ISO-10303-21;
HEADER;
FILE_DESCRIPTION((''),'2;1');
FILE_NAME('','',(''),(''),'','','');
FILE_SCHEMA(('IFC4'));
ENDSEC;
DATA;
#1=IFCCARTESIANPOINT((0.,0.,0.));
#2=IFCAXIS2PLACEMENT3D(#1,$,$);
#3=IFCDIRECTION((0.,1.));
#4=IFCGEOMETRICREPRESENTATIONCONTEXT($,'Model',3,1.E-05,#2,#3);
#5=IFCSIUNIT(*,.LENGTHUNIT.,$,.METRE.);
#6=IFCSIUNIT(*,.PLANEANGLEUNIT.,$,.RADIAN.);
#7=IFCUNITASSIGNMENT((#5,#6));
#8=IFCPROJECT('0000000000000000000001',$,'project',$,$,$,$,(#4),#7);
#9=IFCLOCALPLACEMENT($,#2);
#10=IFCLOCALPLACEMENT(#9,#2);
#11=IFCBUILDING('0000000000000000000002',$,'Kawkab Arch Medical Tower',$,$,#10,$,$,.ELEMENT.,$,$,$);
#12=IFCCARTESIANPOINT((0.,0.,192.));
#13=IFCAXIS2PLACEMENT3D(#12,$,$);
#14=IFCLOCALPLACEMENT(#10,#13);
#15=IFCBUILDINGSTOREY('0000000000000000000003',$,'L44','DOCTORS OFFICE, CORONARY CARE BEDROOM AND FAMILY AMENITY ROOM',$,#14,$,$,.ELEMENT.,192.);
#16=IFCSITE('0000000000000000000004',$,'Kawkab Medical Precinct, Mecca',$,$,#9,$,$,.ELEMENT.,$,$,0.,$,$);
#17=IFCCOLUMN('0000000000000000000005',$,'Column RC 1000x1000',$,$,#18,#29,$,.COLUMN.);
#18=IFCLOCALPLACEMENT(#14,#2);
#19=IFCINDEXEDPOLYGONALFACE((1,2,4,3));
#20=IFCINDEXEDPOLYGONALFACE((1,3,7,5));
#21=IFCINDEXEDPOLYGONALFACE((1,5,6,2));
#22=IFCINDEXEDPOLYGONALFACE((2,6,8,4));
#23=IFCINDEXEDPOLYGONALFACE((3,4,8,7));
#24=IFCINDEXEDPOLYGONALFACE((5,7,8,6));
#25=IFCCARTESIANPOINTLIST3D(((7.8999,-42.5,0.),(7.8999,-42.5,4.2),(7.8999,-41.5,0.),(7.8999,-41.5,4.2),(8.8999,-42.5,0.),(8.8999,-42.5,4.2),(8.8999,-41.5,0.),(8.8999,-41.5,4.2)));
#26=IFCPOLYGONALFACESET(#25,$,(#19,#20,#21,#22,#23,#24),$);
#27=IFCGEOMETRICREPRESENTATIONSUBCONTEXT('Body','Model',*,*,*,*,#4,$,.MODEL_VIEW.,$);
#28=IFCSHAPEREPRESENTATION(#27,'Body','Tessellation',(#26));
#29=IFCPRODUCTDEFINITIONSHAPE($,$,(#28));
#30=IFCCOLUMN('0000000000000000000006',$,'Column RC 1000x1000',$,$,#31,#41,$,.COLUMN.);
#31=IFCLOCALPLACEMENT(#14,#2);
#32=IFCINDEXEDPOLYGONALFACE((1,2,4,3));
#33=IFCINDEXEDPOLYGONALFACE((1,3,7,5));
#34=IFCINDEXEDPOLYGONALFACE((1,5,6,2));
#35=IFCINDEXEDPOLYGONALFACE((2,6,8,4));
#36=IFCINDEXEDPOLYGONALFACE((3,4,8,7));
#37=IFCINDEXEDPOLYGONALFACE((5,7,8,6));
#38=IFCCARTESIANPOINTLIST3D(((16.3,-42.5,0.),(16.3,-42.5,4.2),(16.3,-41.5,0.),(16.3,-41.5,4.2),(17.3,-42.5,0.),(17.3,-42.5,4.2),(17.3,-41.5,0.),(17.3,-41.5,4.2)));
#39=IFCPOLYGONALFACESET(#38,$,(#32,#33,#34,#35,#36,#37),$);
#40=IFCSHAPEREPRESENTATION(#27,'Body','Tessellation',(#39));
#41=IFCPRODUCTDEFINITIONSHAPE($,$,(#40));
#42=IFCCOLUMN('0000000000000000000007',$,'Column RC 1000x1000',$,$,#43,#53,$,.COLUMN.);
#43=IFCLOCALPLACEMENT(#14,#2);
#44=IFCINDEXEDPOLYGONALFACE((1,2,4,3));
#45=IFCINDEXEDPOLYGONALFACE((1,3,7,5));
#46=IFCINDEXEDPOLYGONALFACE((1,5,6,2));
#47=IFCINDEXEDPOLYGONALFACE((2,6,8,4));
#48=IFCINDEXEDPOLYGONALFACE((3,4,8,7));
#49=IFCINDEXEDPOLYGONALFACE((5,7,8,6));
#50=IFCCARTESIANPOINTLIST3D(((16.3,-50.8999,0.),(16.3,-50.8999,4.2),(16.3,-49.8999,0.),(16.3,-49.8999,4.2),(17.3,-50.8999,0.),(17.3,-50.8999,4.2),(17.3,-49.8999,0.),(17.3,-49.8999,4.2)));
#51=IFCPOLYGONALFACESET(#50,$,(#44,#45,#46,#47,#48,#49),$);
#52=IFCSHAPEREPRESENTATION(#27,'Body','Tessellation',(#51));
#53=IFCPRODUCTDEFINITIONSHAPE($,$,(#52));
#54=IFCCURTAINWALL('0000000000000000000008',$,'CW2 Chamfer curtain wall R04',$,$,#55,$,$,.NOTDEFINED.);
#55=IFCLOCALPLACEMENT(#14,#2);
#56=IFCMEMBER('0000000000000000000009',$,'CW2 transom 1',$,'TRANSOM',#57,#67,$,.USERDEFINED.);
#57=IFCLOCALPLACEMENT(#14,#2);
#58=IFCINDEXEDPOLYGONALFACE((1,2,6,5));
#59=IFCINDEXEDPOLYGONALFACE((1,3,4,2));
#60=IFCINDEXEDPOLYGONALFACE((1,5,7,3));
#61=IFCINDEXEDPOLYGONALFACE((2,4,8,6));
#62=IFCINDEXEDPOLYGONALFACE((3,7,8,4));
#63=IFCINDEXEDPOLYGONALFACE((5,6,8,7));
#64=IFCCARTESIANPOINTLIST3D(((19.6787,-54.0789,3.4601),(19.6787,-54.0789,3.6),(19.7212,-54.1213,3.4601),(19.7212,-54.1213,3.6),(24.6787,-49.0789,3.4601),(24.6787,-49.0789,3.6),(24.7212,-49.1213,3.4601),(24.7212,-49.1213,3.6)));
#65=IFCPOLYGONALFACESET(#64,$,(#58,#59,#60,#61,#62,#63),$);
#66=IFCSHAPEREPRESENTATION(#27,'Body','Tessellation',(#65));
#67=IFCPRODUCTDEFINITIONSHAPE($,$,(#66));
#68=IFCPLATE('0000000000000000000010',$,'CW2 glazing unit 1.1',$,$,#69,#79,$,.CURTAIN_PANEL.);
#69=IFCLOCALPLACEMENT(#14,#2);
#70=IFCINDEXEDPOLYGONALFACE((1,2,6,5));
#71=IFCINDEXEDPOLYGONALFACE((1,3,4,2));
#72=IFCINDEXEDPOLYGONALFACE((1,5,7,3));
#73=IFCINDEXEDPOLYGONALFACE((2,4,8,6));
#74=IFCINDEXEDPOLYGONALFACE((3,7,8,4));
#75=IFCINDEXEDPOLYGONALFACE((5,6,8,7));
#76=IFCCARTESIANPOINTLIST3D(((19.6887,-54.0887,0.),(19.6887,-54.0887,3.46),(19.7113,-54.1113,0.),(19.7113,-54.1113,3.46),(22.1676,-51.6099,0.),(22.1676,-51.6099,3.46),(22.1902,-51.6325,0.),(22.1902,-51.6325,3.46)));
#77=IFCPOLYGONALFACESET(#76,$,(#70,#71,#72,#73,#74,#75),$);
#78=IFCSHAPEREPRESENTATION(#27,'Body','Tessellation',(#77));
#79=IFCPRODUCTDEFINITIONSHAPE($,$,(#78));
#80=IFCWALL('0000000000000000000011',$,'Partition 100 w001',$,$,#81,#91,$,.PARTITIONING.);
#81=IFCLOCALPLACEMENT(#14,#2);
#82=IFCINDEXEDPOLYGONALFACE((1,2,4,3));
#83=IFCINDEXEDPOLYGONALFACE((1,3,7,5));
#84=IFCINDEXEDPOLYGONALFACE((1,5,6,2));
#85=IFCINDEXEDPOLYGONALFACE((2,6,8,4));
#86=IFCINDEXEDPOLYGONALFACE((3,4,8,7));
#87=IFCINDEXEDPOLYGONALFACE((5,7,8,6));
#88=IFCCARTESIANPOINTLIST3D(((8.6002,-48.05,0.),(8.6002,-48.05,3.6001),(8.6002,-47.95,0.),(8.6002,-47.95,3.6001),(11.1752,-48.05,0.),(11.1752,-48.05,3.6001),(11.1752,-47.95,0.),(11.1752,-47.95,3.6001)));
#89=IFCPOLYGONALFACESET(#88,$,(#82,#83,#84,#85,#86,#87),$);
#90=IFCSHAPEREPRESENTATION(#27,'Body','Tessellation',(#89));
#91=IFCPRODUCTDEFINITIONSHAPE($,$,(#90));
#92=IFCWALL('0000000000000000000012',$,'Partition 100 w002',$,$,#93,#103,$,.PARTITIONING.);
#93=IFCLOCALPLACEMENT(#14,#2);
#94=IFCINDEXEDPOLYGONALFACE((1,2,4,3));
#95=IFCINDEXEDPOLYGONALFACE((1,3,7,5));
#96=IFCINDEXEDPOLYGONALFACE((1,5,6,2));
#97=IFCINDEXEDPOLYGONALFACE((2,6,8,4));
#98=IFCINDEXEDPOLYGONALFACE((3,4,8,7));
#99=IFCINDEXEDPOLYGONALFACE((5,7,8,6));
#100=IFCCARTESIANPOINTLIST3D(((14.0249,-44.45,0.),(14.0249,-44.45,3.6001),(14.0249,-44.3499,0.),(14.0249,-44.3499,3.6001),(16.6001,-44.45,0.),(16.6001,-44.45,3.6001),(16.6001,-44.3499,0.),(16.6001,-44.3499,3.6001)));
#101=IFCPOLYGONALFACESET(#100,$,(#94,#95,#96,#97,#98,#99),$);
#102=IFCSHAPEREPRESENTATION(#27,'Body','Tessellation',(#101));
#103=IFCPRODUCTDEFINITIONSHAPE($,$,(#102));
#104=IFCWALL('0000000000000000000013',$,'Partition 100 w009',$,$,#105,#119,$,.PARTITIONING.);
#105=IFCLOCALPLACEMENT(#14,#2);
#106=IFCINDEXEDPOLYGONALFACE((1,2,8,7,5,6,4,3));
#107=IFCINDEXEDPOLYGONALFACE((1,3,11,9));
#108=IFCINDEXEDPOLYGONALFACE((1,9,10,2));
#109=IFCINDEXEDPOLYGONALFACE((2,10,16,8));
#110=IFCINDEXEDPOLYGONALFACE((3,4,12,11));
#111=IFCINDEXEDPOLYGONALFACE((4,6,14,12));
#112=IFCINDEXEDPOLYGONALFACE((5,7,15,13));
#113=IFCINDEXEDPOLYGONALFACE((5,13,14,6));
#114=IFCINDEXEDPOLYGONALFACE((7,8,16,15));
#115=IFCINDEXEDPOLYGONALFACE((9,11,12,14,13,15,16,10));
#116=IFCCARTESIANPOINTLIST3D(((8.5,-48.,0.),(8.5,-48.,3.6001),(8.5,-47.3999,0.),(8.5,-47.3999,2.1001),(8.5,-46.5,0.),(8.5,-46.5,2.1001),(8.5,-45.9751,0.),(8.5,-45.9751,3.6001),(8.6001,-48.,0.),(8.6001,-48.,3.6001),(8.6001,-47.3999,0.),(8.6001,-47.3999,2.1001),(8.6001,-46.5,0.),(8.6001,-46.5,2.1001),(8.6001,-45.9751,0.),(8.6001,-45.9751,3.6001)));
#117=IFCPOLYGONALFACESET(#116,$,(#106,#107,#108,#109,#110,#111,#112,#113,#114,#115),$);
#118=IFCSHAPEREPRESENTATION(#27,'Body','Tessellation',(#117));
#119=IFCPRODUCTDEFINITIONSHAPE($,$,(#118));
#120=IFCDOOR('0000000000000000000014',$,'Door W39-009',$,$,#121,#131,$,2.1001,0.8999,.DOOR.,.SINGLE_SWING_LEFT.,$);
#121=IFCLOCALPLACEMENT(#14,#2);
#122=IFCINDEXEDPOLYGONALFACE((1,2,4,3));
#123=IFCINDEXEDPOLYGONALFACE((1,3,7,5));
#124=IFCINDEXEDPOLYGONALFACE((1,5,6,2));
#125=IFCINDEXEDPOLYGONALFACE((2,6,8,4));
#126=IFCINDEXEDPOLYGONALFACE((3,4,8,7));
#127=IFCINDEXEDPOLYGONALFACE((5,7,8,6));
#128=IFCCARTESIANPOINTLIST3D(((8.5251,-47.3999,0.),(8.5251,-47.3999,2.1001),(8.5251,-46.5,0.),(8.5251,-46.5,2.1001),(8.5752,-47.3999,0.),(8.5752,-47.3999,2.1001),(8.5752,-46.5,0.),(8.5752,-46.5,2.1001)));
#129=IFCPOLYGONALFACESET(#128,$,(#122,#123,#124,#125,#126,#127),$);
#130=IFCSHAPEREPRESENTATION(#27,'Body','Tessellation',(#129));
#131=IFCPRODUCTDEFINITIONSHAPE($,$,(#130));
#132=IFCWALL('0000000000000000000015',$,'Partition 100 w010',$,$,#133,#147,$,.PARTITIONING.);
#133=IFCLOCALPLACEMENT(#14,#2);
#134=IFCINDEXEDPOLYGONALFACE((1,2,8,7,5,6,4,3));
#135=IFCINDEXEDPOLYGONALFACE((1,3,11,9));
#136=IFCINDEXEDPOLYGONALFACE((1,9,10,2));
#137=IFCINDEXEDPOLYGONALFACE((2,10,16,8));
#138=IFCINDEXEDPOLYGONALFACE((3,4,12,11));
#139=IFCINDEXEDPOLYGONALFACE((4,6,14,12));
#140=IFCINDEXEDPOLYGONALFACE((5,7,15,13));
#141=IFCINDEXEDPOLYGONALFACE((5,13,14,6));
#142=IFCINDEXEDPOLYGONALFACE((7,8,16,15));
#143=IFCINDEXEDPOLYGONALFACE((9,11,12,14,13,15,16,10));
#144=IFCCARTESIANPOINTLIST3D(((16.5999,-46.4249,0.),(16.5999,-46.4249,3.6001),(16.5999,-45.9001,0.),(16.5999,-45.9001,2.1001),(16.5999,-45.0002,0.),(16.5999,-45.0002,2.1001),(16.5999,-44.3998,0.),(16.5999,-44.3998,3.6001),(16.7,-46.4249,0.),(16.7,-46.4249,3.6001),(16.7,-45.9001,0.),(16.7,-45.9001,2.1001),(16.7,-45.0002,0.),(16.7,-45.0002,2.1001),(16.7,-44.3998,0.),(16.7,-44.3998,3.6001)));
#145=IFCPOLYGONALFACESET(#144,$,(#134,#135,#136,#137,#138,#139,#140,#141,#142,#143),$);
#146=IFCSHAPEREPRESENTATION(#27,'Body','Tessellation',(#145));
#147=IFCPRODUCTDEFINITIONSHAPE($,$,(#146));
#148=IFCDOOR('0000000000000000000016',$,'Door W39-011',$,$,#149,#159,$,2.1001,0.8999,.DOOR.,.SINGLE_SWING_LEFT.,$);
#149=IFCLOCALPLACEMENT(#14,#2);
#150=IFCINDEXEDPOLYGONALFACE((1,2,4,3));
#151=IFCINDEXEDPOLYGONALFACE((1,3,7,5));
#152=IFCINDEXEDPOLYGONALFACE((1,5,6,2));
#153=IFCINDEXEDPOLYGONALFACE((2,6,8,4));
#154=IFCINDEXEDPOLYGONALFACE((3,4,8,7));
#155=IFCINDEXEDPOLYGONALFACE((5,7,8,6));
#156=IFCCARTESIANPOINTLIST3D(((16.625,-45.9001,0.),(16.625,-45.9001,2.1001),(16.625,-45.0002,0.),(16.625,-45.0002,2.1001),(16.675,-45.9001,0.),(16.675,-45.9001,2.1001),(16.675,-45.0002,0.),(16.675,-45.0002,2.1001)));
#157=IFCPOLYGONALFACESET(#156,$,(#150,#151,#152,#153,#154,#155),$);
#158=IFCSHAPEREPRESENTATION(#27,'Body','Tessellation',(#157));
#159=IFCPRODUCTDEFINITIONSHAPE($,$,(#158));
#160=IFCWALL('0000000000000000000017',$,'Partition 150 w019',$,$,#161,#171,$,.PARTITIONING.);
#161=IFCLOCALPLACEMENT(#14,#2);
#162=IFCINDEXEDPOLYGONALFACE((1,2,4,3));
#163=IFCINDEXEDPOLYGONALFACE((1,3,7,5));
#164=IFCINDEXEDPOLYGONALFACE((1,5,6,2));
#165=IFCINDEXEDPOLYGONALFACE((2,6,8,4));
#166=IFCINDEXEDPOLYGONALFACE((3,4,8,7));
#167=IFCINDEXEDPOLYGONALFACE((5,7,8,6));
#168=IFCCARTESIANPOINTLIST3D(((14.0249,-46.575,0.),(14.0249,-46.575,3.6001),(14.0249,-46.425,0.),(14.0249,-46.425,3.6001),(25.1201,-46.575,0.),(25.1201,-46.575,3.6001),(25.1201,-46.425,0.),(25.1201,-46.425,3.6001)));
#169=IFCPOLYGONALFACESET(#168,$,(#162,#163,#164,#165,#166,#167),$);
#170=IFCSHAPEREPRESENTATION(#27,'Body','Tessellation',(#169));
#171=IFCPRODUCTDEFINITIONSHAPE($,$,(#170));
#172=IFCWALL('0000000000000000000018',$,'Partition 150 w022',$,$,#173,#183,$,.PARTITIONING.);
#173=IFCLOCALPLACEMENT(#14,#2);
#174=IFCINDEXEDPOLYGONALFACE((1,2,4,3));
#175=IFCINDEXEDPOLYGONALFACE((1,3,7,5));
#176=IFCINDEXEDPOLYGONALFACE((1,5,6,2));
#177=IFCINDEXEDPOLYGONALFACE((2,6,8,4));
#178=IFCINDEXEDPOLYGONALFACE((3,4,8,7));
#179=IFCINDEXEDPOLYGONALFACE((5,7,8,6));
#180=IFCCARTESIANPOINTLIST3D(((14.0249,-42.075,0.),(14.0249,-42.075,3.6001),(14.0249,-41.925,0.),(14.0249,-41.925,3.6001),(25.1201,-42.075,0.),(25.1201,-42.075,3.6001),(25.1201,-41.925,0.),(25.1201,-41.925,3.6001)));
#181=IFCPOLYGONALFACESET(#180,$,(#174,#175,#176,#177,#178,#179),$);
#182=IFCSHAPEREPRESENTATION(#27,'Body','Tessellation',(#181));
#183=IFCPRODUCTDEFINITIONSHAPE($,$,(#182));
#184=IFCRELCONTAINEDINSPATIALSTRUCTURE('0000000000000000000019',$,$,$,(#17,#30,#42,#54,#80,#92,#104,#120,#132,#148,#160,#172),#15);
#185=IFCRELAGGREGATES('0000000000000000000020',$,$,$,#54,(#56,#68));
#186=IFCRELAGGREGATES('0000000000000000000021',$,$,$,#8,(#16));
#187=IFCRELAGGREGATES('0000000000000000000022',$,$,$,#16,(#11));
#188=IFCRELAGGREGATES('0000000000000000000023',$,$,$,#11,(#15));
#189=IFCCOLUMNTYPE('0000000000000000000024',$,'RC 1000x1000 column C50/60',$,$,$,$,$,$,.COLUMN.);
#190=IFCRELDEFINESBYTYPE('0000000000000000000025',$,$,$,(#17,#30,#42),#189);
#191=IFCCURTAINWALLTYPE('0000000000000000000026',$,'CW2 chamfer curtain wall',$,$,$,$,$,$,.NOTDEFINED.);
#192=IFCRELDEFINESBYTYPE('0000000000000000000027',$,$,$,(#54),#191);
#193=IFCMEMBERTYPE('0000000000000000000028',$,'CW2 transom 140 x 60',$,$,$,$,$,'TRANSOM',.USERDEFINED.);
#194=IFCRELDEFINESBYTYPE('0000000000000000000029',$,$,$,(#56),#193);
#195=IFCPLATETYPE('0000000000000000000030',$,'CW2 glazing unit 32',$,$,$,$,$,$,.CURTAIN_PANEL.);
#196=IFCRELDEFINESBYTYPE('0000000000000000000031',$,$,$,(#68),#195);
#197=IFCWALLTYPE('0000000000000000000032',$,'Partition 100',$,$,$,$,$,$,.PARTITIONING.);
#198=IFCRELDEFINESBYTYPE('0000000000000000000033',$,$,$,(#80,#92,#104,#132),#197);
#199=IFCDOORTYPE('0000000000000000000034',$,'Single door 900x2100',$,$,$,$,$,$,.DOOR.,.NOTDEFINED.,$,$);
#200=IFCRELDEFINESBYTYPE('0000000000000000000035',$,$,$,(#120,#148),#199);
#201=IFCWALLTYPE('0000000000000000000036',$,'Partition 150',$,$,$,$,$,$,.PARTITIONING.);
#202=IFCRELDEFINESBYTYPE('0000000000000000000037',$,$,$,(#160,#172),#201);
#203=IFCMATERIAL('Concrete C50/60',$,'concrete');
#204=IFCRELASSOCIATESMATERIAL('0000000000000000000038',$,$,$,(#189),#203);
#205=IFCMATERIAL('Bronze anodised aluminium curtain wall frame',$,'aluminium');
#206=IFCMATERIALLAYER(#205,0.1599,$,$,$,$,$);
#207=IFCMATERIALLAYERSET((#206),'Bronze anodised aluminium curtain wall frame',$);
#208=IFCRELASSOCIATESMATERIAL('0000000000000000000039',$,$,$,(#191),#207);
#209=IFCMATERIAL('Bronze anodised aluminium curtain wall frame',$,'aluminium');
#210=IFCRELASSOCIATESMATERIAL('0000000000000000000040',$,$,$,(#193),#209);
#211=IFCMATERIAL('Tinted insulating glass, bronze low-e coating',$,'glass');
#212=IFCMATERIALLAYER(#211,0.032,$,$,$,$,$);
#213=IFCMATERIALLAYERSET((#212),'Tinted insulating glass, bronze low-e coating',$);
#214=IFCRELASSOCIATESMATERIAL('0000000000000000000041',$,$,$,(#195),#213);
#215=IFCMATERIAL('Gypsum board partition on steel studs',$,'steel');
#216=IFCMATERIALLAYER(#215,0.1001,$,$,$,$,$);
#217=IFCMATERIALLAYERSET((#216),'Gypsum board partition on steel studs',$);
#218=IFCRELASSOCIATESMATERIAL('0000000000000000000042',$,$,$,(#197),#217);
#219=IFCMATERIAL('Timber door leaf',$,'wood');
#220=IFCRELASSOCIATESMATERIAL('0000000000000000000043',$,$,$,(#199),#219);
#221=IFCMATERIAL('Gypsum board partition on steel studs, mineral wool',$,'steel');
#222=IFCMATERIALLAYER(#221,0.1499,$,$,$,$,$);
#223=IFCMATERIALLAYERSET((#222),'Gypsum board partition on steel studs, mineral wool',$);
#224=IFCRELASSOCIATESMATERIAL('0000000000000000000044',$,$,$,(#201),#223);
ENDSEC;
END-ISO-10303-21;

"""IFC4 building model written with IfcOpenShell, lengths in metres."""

from ifc_helpers import new_model, si_unit, direction, frame, frame_2d, origin, origin_2d, place, context, subcontext, project, spatial, rectangle, extrude, material, layer, layer_set, material_profile, profile_set, type_object, element, fill, aggregate, save


model = new_model("IFC4")

# Units and contexts
model_context = context("Model", 3, precision=1e-05, world=origin(), true_north=direction((0.0, 1.0)))
body_context = subcontext(model_context, "Body", "Model", "MODEL_VIEW")
ifc_project = project(units=[si_unit("LENGTHUNIT", "METRE"), si_unit("PLANEANGLEUNIT", "RADIAN")], contexts=[model_context])

# Site, building, storey
site_placement = place(None, origin())
site = spatial("IfcSite", under=ifc_project, at=site_placement, Name="Kawkab Medical Precinct, Mecca", CompositionType="ELEMENT", RefElevation=0.0)
building_placement = place(site_placement, origin())
building = spatial("IfcBuilding", under=site, at=building_placement, Name="Kawkab Arch Medical Tower", CompositionType="ELEMENT")
storey_placement = place(building_placement, frame((0.0, 0.0, 192.0)))
storey = spatial("IfcBuildingStorey", under=building, at=storey_placement, Name="L44", Description="DOCTORS OFFICE, CORONARY CARE BEDROOM AND FAMILY AMENITY ROOM", CompositionType="ELEMENT", Elevation=192.0)

# Columns
ifc_material_1 = material(Name="Concrete C50/60", Category="concrete")
ifc_material_profile_1 = material_profile(ifc_material_1, rectangle(XDim=1.0, YDim=1.0, at=origin_2d()), Name="RC 1000x1000")
ifc_profile_set_1 = profile_set([ifc_material_profile_1], Name="Concrete C50/60")
column_type = type_object("IfcColumnType", Name="RC 1000x1000 column C50/60", PredefinedType="COLUMN", material=ifc_profile_set_1)
for number, where, z_axis, x_axis, name in (
    (1, (8.3999, -42.0, 0.0), (0.0, 0.0, 1.0), (1.0, 0.0, 0.0), "Column RC 1000x1000"),
    (2, (16.8, -42.0, 0.0), (0.0, 0.0, 1.0), (1.0, 0.0, 0.0), "Column RC 1000x1000"),
    (3, (16.8, -50.3999, 0.0), (0.0, 0.0, 1.0), (1.0, 0.0, 0.0), "Column RC 1000x1000"),
):
    element("IfcColumn", number, at=place(storey_placement, frame(where, z_axis=z_axis, x_axis=x_axis)), inside=storey, type_object=column_type, Name=name, PredefinedType="COLUMN", context=body_context, shape_type="SweptSolid", body=[
        extrude(rectangle(XDim=1.0, YDim=1.0, at=origin_2d()), origin(), (0.0, 0.0, 1.0), 4.2),
    ])

# Curtain wall, member, plate
ifc_material_2 = material(Name="Bronze anodised aluminium curtain wall frame", Category="aluminium")
ifc_layer_1 = layer(ifc_material_2, 0.1599)
ifc_layer_set_1 = layer_set([ifc_layer_1], Name="Bronze anodised aluminium curtain wall frame")
curtain_wall_type = type_object("IfcCurtainWallType", Name="CW2 chamfer curtain wall", PredefinedType="NOTDEFINED", material=ifc_layer_set_1)
curtain_wall_placement = place(storey_placement, origin())
curtain_wall = element("IfcCurtainWall", 4, at=curtain_wall_placement, inside=storey, type_object=curtain_wall_type, Name="CW2 Chamfer curtain wall R04", PredefinedType="NOTDEFINED")
ifc_material_3 = material(Name="Bronze anodised aluminium curtain wall frame", Category="aluminium")
ifc_material_profile_2 = material_profile(ifc_material_3, rectangle(XDim=0.0601, YDim=0.1399, at=origin_2d()), Name="AL 60x140")
ifc_profile_set_2 = profile_set([ifc_material_profile_2], Name="Bronze anodised aluminium curtain wall frame")
member_type = type_object("IfcMemberType", Name="CW2 transom 140 x 60", ElementType="TRANSOM", PredefinedType="USERDEFINED", material=ifc_profile_set_2)
member_placement = place(storey_placement, frame((19.7, -54.1001, 3.53), z_axis=(0.707107, 0.707107, 0.0), x_axis=(-0.707107, 0.707107, 0.0)))
member = element("IfcMember", 5, at=member_placement, type_object=member_type, Name="CW2 transom 1", ObjectType="TRANSOM", PredefinedType="USERDEFINED", context=body_context, shape_type="SweptSolid", body=[
    extrude(rectangle(XDim=0.0601, YDim=0.1399, at=origin_2d()), origin(), (0.0, 0.0, 1.0), 7.071),
])
ifc_material_4 = material(Name="Tinted insulating glass, bronze low-e coating", Category="glass")
ifc_layer_2 = layer(ifc_material_4, 0.032)
ifc_layer_set_2 = layer_set([ifc_layer_2], Name="Tinted insulating glass, bronze low-e coating")
plate_type = type_object("IfcPlateType", Name="CW2 glazing unit 32", PredefinedType="CURTAIN_PANEL", material=ifc_layer_set_2)
plate_placement = place(storey_placement, frame((20.9395, -52.8606, 0.0), z_axis=(0.0, 0.0, 1.0), x_axis=(0.707107, 0.707107, 0.0)))
plate = element("IfcPlate", 6, at=plate_placement, type_object=plate_type, Name="CW2 glazing unit 1.1", PredefinedType="CURTAIN_PANEL", context=body_context, shape_type="SweptSolid", body=[
    extrude(rectangle(XDim=3.5056, YDim=0.032, at=origin_2d()), origin(), (0.0, 0.0, 1.0), 3.46),
])
aggregate(curtain_wall, [member, plate])

# Walls
ifc_material_5 = material(Name="Gypsum board partition on steel studs", Category="steel")
ifc_layer_3 = layer(ifc_material_5, 0.1001)
ifc_layer_set_3 = layer_set([ifc_layer_3], Name="Gypsum board partition on steel studs")
wall_type_1 = type_object("IfcWallType", Name="Partition 100", PredefinedType="PARTITIONING", material=ifc_layer_set_3)
wall_1_placement = place(storey_placement, frame((8.6001, -48.0, 0.0), z_axis=(0.0, 0.0, 1.0), x_axis=(1.0, 0.0, 0.0)))
element("IfcWall", 7, at=wall_1_placement, inside=storey, type_object=wall_type_1, Name="Partition 100 w001", PredefinedType="PARTITIONING", context=body_context, shape_type="SweptSolid", body=[
    extrude(rectangle(XDim=2.575, YDim=0.1001, at=frame_2d((1.2876, 0.0))), origin(), (0.0, 0.0, 1.0), 3.6001),
])
wall_2_placement = place(storey_placement, frame((14.0249, -44.3999, 0.0), z_axis=(0.0, 0.0, 1.0), x_axis=(1.0, 0.0, 0.0)))
element("IfcWall", 8, at=wall_2_placement, inside=storey, type_object=wall_type_1, Name="Partition 100 w002", PredefinedType="PARTITIONING", context=body_context, shape_type="SweptSolid", body=[
    extrude(rectangle(XDim=2.5752, YDim=0.1001, at=frame_2d((1.2876, 0.0))), origin(), (0.0, 0.0, 1.0), 3.6001),
])

# Walls, openings, doors
wall_3_placement = place(storey_placement, frame((8.55, -48.0, 0.0), z_axis=(0.0, 0.0, 1.0), x_axis=(0.0, 1.0, 0.0)))
wall_3 = element("IfcWall", 9, at=wall_3_placement, inside=storey, type_object=wall_type_1, Name="Partition 100 w009", PredefinedType="PARTITIONING", context=body_context, shape_type="SweptSolid", body=[
    extrude(rectangle(XDim=2.0249, YDim=0.1001, at=frame_2d((1.0125, 0.0))), origin(), (0.0, 0.0, 1.0), 3.6001),
])
opening_1_placement = place(wall_3_placement, frame((0.6001, 0.0, 0.0)))
opening_1 = element("IfcOpeningElement", 10, at=opening_1_placement, cuts=wall_3, PredefinedType="OPENING", context=body_context, shape_type="SweptSolid", body=[
    extrude(rectangle(XDim=0.8999, YDim=2.1001, at=frame_2d((0.45, 1.05))), frame((0.0, 0.0601, 0.0), z_axis=(0.0, -1.0, 0.0), x_axis=(1.0, 0.0, 0.0)), (0.0, 0.0, 1.0), 0.1201),
])
ifc_material_6 = material(Name="Timber door leaf", Category="wood")
door_type_1 = type_object("IfcDoorType", Name="Single door 900x2100", OperationType="NOTDEFINED", PredefinedType="DOOR", material=ifc_material_6)
door_1_placement = place(opening_1_placement, origin())
door_1 = element("IfcDoor", 11, at=door_1_placement, inside=storey, type_object=door_type_1, Name="Door W39-009", OperationType="SINGLE_SWING_LEFT", OverallHeight=2.1001, OverallWidth=0.8999, PredefinedType="DOOR", context=body_context, shape_type="SweptSolid", body=[
    extrude(rectangle(XDim=0.8999, YDim=2.1001, at=frame_2d((0.45, 1.05))), frame((0.0, 0.0249, 0.0), z_axis=(0.0, -1.0, 0.0), x_axis=(1.0, 0.0, 0.0)), (0.0, 0.0, 1.0), 0.05),
])
fill(opening_1, door_1)
wall_4_placement = place(storey_placement, frame((16.6499, -46.425, 0.0), z_axis=(0.0, 0.0, 1.0), x_axis=(0.0, 1.0, 0.0)))
wall_4 = element("IfcWall", 12, at=wall_4_placement, inside=storey, type_object=wall_type_1, Name="Partition 100 w010", PredefinedType="PARTITIONING", context=body_context, shape_type="SweptSolid", body=[
    extrude(rectangle(XDim=2.0251, YDim=0.1001, at=frame_2d((1.0127, 0.0))), origin(), (0.0, 0.0, 1.0), 3.6001),
])
opening_2_placement = place(wall_4_placement, frame((0.5249, 0.0, 0.0)))
opening_2 = element("IfcOpeningElement", 13, at=opening_2_placement, cuts=wall_4, PredefinedType="OPENING", context=body_context, shape_type="SweptSolid", body=[
    extrude(rectangle(XDim=0.8999, YDim=2.1001, at=frame_2d((0.45, 1.05))), frame((0.0, 0.0601, 0.0), z_axis=(0.0, -1.0, 0.0), x_axis=(1.0, 0.0, 0.0)), (0.0, 0.0, 1.0), 0.1201),
])
door_2_placement = place(opening_2_placement, origin())
door_2 = element("IfcDoor", 14, at=door_2_placement, inside=storey, type_object=door_type_1, Name="Door W39-011", OperationType="SINGLE_SWING_LEFT", OverallHeight=2.1001, OverallWidth=0.8999, PredefinedType="DOOR", context=body_context, shape_type="SweptSolid", body=[
    extrude(rectangle(XDim=0.8999, YDim=2.1001, at=frame_2d((0.45, 1.05))), frame((0.0, 0.0249, 0.0), z_axis=(0.0, -1.0, 0.0), x_axis=(1.0, 0.0, 0.0)), (0.0, 0.0, 1.0), 0.05),
])
fill(opening_2, door_2)

# Walls
ifc_material_7 = material(Name="Gypsum board partition on steel studs, mineral wool", Category="steel")
ifc_layer_4 = layer(ifc_material_7, 0.1499)
ifc_layer_set_4 = layer_set([ifc_layer_4], Name="Gypsum board partition on steel studs, mineral wool")
wall_type_2 = type_object("IfcWallType", Name="Partition 150", PredefinedType="PARTITIONING", material=ifc_layer_set_4)
for number, where, z_axis, x_axis, name in (
    (15, (14.0249, -46.5, 0.0), (0.0, 0.0, 1.0), (1.0, 0.0, 0.0), "Partition 150 w019"),
    (16, (14.0249, -42.0, 0.0), (0.0, 0.0, 1.0), (1.0, 0.0, 0.0), "Partition 150 w022"),
):
    element("IfcWall", number, at=place(storey_placement, frame(where, z_axis=z_axis, x_axis=x_axis)), inside=storey, type_object=wall_type_2, Name=name, PredefinedType="PARTITIONING", context=body_context, shape_type="SweptSolid", body=[
        extrude(rectangle(XDim=11.0952, YDim=0.1499, at=frame_2d((5.5476, 0.0))), origin(), (0.0, 0.0, 1.0), 3.6001),
    ])

save(model, "model.ifc")
